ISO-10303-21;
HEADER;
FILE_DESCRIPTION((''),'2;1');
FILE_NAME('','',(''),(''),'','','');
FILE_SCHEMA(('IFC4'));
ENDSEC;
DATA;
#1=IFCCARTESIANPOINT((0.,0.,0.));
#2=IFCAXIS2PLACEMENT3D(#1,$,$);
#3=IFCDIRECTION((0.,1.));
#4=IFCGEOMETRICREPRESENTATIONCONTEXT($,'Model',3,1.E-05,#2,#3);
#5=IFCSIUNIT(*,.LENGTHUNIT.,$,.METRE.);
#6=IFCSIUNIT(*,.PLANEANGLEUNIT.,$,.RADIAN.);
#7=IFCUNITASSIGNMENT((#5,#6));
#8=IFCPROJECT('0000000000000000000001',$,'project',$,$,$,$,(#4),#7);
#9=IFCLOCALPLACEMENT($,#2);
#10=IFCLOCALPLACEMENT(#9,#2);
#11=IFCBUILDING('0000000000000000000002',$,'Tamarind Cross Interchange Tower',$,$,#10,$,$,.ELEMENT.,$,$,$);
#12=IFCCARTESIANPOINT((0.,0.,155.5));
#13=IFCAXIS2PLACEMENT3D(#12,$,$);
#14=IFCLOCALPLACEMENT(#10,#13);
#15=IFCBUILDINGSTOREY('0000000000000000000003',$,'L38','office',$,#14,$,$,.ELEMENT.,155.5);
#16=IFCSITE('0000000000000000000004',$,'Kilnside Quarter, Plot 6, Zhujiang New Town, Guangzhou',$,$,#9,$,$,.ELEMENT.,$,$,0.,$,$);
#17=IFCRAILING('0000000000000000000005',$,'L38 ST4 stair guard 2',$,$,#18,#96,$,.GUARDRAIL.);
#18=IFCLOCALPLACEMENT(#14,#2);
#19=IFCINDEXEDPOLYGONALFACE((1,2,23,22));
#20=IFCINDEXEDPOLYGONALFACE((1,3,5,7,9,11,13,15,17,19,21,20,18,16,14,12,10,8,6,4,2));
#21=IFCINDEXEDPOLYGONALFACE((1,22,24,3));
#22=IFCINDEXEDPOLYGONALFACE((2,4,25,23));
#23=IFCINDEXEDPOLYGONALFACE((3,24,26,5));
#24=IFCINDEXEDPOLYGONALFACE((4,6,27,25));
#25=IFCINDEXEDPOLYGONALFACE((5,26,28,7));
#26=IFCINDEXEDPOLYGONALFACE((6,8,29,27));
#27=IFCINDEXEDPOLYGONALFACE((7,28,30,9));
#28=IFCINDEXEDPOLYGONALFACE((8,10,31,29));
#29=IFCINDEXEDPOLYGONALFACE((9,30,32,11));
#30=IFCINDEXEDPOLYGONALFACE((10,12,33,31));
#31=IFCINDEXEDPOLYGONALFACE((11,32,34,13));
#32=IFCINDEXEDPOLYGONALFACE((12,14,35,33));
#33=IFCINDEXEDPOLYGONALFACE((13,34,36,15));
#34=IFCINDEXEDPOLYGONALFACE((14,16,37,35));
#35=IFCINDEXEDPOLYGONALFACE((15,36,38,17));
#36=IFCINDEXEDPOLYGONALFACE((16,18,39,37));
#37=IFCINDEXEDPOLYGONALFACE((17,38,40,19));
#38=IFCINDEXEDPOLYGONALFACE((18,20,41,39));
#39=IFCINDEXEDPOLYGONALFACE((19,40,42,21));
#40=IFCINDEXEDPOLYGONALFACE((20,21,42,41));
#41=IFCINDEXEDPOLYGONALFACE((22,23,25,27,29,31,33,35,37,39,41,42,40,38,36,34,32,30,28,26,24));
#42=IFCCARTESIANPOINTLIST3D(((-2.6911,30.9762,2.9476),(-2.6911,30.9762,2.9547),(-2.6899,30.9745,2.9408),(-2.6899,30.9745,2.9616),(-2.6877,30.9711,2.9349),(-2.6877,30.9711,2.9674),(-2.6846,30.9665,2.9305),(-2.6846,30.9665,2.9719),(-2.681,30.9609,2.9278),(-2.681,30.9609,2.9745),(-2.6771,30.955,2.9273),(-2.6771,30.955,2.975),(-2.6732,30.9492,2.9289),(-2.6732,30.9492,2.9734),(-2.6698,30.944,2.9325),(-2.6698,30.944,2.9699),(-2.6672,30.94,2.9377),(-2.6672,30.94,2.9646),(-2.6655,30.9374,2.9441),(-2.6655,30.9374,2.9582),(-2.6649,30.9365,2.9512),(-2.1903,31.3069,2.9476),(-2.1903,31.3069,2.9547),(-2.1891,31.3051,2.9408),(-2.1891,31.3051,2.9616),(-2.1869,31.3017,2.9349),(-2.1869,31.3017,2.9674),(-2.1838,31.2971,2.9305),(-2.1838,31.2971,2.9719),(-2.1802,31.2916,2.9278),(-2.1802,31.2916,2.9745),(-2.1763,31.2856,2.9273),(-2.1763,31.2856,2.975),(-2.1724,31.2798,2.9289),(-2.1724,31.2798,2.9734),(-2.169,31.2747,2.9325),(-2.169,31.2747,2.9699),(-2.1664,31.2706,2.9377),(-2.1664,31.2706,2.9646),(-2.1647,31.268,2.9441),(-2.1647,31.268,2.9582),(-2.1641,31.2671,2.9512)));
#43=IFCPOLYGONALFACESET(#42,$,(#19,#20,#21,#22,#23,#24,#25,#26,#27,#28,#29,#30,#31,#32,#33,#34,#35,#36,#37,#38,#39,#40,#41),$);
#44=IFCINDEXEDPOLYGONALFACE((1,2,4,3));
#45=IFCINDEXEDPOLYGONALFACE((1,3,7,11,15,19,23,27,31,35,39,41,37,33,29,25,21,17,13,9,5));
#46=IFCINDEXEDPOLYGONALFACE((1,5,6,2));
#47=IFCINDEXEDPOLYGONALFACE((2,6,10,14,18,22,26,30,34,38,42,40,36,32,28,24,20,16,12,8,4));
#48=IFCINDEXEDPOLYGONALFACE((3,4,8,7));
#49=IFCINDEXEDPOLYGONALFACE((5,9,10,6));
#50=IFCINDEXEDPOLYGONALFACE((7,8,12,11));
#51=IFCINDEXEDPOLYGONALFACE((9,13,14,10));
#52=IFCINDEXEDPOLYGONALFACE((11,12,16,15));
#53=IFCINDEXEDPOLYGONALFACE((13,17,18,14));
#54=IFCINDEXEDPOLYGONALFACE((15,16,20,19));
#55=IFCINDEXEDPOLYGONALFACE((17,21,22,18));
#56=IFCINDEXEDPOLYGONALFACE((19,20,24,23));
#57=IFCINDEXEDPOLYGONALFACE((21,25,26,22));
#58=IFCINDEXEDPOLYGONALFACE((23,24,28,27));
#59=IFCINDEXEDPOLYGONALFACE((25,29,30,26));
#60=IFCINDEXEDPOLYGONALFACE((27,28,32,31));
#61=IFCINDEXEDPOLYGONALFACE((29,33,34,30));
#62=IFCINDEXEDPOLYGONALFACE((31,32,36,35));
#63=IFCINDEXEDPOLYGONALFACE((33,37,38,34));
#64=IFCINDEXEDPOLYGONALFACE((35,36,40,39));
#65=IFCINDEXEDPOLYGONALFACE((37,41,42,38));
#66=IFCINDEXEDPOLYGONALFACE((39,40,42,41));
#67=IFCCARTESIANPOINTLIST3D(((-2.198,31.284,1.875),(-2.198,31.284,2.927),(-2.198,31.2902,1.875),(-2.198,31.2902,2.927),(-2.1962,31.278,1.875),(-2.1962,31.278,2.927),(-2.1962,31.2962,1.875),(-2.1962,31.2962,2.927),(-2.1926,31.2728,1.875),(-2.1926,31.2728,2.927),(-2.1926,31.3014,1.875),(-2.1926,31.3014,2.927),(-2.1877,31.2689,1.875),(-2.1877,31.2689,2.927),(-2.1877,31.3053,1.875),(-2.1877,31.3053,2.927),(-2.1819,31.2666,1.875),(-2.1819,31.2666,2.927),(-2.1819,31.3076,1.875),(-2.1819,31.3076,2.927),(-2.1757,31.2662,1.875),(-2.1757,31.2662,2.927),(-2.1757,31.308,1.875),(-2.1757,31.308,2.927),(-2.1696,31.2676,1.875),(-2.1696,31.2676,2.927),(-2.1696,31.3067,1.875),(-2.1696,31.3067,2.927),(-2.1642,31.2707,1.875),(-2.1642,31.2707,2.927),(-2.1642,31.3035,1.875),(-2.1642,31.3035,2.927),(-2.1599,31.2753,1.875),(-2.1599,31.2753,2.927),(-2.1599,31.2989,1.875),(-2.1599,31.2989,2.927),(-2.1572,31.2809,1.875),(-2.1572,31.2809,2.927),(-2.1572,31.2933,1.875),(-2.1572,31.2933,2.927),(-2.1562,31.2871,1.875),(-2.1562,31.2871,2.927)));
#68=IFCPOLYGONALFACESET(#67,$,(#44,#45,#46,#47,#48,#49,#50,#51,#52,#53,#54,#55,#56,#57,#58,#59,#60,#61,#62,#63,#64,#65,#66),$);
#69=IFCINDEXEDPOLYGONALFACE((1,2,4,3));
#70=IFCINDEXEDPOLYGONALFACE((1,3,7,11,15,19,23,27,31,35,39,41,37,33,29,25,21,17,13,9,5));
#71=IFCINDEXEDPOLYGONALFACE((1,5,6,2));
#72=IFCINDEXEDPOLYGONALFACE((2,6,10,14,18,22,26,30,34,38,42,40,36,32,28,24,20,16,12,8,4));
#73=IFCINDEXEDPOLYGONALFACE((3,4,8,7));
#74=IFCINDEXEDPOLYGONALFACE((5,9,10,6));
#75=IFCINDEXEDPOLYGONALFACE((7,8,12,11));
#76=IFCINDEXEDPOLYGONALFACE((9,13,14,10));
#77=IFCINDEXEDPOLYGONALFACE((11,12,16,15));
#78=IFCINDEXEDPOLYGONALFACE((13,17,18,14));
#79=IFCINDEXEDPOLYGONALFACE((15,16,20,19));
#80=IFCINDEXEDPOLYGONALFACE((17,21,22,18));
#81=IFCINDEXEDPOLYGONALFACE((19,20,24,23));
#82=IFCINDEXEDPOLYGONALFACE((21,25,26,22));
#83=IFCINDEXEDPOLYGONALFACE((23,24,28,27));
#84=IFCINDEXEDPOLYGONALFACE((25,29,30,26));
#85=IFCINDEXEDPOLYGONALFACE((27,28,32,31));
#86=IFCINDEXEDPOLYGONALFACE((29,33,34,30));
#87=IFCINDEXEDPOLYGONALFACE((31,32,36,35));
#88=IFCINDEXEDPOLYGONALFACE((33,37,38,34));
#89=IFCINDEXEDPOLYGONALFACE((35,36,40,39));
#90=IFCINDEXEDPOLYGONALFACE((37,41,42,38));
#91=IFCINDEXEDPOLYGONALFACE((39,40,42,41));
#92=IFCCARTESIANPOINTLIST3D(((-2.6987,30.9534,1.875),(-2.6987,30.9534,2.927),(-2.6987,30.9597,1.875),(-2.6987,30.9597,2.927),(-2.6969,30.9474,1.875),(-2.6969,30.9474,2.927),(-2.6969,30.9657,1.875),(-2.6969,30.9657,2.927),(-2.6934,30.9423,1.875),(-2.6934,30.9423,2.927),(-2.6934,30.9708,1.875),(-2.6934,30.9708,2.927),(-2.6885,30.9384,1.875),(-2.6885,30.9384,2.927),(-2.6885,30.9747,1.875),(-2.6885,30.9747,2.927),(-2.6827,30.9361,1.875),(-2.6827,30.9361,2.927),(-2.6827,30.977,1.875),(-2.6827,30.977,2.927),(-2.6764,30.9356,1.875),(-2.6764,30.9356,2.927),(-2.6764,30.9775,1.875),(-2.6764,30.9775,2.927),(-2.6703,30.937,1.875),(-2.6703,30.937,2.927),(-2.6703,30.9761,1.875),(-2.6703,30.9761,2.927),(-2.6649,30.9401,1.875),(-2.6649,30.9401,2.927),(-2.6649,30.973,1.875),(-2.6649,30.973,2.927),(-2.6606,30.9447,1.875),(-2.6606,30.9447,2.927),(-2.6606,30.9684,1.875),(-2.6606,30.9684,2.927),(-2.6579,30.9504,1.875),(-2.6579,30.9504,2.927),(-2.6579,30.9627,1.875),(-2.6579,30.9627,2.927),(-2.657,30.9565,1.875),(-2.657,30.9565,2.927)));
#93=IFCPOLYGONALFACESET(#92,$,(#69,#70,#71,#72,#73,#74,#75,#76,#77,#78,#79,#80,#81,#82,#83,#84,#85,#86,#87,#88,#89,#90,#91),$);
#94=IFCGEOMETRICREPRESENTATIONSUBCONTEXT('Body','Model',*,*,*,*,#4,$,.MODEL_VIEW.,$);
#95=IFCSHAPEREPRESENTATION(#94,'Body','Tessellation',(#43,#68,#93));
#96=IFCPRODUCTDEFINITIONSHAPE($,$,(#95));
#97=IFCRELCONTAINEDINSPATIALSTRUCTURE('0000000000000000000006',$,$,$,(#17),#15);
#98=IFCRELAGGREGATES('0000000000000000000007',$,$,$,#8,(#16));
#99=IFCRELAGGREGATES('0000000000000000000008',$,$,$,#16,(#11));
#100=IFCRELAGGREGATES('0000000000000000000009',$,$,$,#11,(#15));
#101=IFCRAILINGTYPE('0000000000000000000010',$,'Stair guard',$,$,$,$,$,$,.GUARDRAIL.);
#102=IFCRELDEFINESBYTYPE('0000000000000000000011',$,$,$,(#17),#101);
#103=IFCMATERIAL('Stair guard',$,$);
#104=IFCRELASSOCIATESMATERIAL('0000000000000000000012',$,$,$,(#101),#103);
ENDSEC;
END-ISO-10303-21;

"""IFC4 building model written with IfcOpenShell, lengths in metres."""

from ifc_helpers import new_model, si_unit, direction, frame, origin, origin_2d, place, context, subcontext, project, spatial, circle, extrude, material, type_object, element, save


model = new_model("IFC4")

# Units and contexts
model_context = context("Model", 3, precision=1e-05, world=origin(), true_north=direction((0.0, 1.0)))
body_context = subcontext(model_context, "Body", "Model", "MODEL_VIEW")
ifc_project = project(units=[si_unit("LENGTHUNIT", "METRE"), si_unit("PLANEANGLEUNIT", "RADIAN")], contexts=[model_context])

# Site, building, storey
site_placement = place(None, origin())
site = spatial("IfcSite", under=ifc_project, at=site_placement, Name="Kilnside Quarter, Plot 6, Zhujiang New Town, Guangzhou", CompositionType="ELEMENT", RefElevation=0.0)
building_placement = place(site_placement, origin())
building = spatial("IfcBuilding", under=site, at=building_placement, Name="Tamarind Cross Interchange Tower", CompositionType="ELEMENT")
storey_placement = place(building_placement, frame((0.0, 0.0, 155.5)))
storey = spatial("IfcBuildingStorey", under=building, at=storey_placement, Name="L38", Description="office", CompositionType="ELEMENT", Elevation=155.5)

# Railing
ifc_material_1 = material(Name="Stair guard")
railing_type_1 = type_object("IfcRailingType", Name="Stair guard", PredefinedType="GUARDRAIL", material=ifc_material_1)
railing_1_placement = place(storey_placement, frame((-2.1772, 31.2871, 1.875)))
element("IfcRailing", 1, at=railing_1_placement, inside=storey, type_object=railing_type_1, Name="L38 ST4 stair guard 2", PredefinedType="GUARDRAIL", context=body_context, shape_type="SweptSolid", body=[
    extrude(circle(Radius=0.0239, at=origin_2d()), frame((0.0, 0.0, 1.0762), z_axis=(-0.834546, -0.550939, 0.0), x_axis=(0.550939, -0.834546, 0.0)), (0.0, 0.0, 1.0), 0.6001),
    extrude(circle(Radius=0.021, at=origin_2d()), origin(), (0.0, 0.0, 1.0), 1.052),
    extrude(circle(Radius=0.021, at=origin_2d()), frame((-0.5007, -0.3306, 0.0)), (0.0, 0.0, 1.0), 1.052),
])

save(model, "model.ifc")
